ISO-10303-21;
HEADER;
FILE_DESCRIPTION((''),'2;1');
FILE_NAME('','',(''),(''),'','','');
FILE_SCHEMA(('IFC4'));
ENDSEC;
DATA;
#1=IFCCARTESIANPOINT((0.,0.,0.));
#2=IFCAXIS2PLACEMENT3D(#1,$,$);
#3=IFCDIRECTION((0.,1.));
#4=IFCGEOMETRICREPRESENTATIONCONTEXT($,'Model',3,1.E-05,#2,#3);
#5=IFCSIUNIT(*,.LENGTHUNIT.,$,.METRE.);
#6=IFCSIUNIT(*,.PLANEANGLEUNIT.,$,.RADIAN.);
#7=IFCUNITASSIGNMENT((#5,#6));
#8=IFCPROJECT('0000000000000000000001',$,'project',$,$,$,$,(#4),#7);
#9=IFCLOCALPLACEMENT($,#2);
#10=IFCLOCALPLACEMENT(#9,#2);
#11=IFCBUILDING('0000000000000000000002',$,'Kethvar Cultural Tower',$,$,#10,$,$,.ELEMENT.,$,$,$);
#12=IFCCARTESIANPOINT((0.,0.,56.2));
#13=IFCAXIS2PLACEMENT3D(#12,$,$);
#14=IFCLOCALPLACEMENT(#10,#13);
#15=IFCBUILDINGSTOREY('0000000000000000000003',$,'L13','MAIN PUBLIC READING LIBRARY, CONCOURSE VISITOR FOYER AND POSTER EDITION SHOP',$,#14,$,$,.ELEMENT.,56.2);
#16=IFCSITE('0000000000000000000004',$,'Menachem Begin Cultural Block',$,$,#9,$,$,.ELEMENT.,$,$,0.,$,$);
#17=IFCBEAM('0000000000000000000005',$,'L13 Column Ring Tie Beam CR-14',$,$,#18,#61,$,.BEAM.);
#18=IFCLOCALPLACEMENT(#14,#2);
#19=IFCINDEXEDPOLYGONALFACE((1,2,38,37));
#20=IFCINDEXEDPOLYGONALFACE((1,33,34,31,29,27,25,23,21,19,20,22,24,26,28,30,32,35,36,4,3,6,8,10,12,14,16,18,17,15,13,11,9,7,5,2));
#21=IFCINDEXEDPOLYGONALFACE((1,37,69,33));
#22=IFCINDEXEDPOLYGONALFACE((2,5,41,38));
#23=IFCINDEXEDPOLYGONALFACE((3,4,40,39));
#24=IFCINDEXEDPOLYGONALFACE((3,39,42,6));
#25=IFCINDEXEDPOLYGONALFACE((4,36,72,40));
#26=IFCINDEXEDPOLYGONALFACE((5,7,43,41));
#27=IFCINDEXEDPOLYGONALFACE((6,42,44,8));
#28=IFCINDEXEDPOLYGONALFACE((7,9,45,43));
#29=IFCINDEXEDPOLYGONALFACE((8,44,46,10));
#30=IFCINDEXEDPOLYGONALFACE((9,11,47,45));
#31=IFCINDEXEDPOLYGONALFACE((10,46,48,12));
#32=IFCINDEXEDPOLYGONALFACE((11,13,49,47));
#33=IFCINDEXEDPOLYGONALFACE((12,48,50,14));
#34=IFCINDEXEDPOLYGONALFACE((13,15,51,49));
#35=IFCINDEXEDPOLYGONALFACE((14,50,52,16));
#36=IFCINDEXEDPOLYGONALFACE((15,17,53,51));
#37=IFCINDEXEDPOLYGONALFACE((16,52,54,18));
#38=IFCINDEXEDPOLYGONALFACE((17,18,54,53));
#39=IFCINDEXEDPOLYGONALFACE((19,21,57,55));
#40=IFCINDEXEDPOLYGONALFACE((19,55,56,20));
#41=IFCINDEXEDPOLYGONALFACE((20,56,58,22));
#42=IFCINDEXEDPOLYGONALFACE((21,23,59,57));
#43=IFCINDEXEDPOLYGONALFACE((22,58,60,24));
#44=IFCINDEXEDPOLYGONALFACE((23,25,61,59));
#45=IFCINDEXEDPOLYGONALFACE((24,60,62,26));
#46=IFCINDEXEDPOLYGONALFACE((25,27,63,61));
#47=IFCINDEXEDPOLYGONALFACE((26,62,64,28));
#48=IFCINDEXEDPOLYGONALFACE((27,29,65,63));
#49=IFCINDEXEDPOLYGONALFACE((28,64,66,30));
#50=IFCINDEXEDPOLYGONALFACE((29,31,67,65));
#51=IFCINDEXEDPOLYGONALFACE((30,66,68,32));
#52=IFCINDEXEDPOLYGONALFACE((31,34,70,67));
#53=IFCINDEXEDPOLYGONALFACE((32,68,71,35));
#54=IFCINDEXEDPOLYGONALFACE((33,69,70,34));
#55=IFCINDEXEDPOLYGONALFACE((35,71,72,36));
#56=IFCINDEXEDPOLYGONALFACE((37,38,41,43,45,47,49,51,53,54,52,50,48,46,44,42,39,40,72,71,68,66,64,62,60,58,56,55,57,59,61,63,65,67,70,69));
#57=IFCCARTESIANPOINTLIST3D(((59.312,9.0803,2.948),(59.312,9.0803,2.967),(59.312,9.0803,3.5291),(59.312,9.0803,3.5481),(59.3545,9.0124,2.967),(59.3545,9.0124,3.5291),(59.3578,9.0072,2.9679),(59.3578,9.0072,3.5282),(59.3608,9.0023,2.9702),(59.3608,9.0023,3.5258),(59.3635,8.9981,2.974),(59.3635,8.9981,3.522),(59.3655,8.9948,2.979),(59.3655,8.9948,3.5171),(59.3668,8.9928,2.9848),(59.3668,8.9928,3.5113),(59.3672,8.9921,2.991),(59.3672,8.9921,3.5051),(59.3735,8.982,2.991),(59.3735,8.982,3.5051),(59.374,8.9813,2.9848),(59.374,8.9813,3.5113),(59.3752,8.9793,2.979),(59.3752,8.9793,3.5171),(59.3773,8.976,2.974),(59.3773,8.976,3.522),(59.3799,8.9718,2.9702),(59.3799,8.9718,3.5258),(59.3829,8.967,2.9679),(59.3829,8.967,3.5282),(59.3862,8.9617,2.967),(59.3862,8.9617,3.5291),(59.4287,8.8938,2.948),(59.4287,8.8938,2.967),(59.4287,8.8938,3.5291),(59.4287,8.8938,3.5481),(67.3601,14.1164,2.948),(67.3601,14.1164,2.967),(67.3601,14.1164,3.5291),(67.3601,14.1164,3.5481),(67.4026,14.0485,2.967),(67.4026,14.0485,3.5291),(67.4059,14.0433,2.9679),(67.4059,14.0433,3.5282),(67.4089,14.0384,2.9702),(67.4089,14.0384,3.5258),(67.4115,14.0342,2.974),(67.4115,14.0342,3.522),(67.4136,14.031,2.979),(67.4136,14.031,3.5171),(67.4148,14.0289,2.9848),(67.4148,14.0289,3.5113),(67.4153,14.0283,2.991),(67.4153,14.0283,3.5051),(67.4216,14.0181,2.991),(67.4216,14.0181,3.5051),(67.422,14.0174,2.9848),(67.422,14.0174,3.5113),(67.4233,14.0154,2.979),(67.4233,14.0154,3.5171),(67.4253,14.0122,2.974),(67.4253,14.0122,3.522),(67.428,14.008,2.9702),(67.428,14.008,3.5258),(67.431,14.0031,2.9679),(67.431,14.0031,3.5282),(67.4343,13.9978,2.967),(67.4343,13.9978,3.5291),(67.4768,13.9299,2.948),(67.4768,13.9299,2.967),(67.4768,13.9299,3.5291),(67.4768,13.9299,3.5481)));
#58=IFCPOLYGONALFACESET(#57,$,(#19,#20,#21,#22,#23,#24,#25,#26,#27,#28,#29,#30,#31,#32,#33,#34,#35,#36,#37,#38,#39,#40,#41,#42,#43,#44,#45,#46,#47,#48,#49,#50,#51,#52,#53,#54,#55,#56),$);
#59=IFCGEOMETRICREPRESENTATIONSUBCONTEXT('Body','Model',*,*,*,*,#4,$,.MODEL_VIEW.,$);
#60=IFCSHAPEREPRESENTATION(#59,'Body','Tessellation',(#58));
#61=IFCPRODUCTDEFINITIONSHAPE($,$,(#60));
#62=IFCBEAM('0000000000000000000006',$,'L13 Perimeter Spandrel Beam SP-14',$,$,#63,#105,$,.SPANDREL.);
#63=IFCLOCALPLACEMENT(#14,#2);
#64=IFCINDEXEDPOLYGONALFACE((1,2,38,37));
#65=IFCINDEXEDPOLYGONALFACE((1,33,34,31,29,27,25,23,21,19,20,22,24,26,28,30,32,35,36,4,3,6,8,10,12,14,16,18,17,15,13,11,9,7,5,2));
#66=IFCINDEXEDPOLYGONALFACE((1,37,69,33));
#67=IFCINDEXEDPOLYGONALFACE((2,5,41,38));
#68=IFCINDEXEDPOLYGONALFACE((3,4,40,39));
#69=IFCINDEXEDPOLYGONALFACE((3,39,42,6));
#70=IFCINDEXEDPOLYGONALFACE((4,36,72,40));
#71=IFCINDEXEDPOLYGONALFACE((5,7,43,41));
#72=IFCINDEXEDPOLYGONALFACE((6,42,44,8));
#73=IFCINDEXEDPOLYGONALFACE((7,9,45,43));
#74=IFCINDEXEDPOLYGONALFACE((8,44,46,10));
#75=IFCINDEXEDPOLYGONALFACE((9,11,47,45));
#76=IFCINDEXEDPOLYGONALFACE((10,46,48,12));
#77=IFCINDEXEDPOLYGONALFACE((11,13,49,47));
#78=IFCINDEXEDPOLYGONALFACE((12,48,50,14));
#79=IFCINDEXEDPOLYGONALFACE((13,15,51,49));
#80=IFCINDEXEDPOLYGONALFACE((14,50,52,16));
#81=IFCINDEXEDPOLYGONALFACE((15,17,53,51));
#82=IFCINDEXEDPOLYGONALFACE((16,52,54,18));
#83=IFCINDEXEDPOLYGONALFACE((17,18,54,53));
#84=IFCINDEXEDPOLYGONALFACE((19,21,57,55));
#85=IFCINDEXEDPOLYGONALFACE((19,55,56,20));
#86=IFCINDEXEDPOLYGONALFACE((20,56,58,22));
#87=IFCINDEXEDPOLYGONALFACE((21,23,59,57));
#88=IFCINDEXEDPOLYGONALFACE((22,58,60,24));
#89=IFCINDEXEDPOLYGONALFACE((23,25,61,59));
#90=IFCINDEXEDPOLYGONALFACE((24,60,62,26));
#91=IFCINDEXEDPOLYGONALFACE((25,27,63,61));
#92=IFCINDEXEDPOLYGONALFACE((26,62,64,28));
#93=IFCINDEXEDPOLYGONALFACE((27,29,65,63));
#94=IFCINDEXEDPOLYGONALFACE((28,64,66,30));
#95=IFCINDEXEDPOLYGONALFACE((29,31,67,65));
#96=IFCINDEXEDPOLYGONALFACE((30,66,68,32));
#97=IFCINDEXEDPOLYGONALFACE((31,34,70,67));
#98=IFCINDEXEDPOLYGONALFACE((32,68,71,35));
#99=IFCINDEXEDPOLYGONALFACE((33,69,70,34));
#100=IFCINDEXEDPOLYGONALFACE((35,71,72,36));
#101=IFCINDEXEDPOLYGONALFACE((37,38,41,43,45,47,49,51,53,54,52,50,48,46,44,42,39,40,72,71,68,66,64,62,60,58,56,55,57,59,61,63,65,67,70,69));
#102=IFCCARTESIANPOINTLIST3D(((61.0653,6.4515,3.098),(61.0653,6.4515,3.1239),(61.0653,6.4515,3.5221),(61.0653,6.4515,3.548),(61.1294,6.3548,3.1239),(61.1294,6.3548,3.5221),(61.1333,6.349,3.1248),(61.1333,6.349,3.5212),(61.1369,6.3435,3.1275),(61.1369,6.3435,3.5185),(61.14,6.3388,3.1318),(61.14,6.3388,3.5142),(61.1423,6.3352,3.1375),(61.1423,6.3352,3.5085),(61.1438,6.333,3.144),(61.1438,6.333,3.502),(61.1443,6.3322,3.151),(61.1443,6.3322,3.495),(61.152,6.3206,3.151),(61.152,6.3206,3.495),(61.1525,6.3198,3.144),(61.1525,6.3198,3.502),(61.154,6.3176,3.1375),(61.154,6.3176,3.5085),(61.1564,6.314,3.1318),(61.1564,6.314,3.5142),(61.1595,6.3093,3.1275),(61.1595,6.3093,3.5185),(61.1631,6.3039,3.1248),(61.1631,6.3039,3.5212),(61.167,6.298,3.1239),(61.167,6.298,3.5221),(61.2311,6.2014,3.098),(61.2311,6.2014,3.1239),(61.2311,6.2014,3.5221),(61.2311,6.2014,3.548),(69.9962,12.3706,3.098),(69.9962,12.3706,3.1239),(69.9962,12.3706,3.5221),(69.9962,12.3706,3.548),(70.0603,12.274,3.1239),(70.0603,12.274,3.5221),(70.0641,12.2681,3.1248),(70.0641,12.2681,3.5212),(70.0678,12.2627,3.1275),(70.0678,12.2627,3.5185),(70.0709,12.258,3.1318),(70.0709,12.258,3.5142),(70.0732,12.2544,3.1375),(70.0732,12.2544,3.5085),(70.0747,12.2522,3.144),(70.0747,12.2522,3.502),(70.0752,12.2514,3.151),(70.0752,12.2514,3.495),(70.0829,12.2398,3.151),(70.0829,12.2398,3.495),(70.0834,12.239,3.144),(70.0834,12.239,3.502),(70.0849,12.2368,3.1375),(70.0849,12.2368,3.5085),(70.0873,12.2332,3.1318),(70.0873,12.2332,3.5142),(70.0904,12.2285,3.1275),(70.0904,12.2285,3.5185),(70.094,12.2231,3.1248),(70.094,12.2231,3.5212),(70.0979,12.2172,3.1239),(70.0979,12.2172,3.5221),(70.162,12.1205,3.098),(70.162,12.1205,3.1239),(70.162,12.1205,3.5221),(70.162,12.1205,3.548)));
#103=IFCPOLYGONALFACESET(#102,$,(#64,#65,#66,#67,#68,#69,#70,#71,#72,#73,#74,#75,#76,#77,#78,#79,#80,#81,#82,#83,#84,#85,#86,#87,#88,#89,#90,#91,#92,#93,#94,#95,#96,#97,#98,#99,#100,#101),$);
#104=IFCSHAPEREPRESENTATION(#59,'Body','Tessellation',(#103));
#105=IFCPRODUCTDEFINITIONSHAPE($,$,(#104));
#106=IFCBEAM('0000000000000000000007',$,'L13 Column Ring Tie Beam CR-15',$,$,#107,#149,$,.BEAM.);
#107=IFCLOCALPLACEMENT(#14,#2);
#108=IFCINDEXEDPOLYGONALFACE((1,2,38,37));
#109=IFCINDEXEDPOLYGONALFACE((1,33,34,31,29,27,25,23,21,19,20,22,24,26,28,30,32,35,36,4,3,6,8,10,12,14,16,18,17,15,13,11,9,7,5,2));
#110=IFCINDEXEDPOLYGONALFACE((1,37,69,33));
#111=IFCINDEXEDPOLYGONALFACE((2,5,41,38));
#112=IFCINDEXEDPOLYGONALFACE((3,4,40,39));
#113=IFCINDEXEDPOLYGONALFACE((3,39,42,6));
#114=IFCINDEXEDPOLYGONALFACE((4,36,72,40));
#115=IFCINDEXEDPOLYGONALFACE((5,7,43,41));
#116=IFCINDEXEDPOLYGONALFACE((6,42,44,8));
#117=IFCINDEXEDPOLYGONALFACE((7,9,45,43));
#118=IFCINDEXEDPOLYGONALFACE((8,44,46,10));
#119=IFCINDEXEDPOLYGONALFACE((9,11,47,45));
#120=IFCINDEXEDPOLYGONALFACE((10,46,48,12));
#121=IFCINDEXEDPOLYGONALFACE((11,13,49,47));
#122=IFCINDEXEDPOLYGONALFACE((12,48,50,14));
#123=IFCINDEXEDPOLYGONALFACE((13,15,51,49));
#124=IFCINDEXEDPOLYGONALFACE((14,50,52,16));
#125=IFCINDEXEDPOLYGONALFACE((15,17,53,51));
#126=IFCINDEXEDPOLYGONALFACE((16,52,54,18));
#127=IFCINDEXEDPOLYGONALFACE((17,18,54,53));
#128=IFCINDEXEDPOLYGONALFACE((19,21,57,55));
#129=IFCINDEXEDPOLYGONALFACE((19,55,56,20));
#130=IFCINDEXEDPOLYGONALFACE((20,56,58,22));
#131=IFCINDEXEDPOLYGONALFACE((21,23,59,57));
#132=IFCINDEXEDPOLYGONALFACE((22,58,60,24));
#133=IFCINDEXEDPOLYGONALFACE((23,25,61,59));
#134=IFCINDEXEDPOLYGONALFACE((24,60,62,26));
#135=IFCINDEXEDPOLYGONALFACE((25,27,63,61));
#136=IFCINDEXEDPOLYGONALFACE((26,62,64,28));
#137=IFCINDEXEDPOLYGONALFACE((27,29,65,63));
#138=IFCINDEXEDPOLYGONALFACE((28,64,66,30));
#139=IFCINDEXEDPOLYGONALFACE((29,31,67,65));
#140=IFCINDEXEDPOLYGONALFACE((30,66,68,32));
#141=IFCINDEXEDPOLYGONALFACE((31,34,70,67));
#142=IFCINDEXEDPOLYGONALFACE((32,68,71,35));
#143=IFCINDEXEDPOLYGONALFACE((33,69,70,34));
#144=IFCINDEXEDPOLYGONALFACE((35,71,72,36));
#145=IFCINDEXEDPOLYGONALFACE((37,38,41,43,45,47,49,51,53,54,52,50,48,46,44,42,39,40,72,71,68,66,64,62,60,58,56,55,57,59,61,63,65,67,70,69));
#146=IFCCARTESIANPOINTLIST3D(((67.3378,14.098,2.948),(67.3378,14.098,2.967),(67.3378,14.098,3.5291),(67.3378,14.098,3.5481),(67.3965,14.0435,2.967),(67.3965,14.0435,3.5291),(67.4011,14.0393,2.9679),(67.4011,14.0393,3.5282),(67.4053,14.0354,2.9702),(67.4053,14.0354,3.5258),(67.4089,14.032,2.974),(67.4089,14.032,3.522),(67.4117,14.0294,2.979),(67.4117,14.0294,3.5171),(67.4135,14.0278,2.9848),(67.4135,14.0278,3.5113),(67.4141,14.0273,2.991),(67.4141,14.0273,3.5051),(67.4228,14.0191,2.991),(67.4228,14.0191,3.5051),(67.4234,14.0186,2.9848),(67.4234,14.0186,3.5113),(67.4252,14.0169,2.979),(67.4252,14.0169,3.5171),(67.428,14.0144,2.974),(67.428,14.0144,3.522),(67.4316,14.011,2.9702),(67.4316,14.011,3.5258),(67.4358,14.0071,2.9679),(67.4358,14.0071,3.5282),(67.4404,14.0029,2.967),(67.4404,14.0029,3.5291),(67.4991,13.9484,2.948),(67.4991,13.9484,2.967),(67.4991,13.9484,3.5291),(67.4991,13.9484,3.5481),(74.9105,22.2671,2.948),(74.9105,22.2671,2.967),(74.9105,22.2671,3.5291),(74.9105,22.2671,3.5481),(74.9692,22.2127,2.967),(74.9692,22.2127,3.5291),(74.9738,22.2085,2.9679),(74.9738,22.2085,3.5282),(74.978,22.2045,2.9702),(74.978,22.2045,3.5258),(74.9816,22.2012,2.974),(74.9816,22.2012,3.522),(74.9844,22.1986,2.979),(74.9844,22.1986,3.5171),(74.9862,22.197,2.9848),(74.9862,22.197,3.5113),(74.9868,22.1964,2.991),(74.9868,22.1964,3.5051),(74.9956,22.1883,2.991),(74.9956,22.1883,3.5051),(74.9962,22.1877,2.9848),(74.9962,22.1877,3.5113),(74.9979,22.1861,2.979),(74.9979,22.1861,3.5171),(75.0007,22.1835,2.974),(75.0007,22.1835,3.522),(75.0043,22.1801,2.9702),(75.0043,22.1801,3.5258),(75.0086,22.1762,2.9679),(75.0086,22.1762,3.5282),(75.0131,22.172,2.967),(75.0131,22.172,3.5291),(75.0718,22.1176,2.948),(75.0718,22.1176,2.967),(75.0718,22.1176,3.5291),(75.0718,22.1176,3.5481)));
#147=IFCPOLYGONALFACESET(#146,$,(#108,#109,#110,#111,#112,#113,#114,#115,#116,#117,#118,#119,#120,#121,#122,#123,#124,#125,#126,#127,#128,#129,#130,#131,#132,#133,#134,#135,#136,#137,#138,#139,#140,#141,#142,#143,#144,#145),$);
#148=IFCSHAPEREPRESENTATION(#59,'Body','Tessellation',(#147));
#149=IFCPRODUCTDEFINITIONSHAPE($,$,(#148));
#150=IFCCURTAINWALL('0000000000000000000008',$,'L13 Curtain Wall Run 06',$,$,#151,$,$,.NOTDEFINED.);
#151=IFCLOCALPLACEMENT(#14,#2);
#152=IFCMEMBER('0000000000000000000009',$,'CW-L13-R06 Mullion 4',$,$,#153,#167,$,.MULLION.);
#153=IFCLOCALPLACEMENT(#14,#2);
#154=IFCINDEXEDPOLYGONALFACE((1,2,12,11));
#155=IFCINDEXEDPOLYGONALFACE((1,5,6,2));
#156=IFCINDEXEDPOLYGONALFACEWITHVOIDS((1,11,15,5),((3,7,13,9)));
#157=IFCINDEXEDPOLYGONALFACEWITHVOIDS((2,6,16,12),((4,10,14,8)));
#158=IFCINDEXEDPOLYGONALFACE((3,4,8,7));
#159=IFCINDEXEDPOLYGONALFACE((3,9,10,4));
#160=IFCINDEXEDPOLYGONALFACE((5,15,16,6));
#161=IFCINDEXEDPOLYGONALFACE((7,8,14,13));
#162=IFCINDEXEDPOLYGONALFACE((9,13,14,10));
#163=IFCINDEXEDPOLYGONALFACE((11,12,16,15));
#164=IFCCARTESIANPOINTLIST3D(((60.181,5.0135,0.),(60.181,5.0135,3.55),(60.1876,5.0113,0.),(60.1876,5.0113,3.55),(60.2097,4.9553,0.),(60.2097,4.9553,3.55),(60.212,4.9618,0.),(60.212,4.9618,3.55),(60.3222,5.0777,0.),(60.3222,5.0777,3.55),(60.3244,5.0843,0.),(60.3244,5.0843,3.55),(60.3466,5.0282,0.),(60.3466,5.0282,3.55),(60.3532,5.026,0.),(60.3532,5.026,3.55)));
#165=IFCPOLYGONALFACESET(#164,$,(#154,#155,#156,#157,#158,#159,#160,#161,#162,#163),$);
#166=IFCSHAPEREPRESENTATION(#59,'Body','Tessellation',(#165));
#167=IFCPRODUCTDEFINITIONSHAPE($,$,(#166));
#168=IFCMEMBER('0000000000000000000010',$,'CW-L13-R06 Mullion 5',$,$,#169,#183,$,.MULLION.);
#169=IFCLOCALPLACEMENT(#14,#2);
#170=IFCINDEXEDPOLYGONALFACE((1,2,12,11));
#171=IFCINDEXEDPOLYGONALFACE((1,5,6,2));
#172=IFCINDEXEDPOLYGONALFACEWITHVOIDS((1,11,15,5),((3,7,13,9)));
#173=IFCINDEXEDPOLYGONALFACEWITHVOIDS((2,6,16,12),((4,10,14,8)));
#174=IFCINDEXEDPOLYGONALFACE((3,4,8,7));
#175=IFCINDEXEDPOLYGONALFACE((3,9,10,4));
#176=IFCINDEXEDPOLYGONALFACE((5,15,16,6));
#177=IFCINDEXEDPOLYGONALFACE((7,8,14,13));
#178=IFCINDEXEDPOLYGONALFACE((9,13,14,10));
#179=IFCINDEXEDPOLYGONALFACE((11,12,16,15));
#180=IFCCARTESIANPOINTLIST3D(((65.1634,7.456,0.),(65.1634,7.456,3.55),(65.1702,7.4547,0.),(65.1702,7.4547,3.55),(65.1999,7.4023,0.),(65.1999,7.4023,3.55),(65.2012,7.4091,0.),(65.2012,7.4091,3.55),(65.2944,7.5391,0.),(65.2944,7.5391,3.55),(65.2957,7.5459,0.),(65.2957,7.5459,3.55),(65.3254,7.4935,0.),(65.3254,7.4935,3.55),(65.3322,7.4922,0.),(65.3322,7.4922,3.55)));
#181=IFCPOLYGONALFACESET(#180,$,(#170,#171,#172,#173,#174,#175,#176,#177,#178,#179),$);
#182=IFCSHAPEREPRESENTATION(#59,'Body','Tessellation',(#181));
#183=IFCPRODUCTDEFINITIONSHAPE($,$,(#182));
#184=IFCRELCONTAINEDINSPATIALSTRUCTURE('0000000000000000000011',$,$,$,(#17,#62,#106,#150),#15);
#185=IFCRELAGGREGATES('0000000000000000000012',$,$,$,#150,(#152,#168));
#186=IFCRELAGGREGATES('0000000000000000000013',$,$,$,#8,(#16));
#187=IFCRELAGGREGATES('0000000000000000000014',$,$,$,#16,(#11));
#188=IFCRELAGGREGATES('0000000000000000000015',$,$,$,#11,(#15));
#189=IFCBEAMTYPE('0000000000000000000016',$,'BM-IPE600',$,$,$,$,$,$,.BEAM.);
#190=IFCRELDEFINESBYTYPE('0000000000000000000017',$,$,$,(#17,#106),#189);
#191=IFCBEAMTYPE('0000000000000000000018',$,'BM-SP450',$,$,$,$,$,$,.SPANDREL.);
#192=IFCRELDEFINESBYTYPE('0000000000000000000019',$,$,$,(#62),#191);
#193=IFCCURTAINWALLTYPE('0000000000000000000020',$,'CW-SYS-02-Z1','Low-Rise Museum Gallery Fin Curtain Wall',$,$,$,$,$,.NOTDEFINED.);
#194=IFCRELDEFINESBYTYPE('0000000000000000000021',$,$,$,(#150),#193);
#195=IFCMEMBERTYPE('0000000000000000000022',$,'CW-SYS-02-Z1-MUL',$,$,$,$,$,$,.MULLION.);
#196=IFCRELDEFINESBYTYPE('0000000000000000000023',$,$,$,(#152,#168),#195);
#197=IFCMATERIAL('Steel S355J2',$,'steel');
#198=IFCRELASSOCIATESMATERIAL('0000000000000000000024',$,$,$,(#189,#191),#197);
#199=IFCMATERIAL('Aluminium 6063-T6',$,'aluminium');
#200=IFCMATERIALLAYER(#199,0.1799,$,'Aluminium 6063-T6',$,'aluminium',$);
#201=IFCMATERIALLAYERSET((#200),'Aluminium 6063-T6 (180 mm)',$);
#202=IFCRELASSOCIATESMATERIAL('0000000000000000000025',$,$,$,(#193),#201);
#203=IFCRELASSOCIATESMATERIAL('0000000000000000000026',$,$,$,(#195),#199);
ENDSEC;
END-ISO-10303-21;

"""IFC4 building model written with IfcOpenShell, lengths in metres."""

from ifc_helpers import new_model, si_unit, direction, frame, origin, origin_2d, place, context, subcontext, project, spatial, hollow_rectangle, i_section, extrude, source, transform, mapped, material, layer, layer_set, material_profile, profile_set, type_object, element, aggregate, save


model = new_model("IFC4")

# Units and contexts
model_context = context("Model", 3, precision=1e-05, world=origin(), true_north=direction((0.0, 1.0)))
body_context = subcontext(model_context, "Body", "Model", "MODEL_VIEW")
ifc_project = project(units=[si_unit("LENGTHUNIT", "METRE"), si_unit("PLANEANGLEUNIT", "RADIAN")], contexts=[model_context])

# Site, building, storey
site_placement = place(None, origin())
site = spatial("IfcSite", under=ifc_project, at=site_placement, Name="Menachem Begin Cultural Block", CompositionType="ELEMENT", RefElevation=0.0)
building_placement = place(site_placement, origin())
building = spatial("IfcBuilding", under=site, at=building_placement, Name="Kethvar Cultural Tower", CompositionType="ELEMENT")
storey_placement = place(building_placement, frame((0.0, 0.0, 56.2)))
storey = spatial("IfcBuildingStorey", under=building, at=storey_placement, Name="L13", Description="MAIN PUBLIC READING LIBRARY, CONCOURSE VISITOR FOYER AND POSTER EDITION SHOP", CompositionType="ELEMENT", Elevation=56.2)

# Beams
ifc_material_1 = material(Name="Steel S355J2", Category="steel")
ifc_material_profile_1 = material_profile(ifc_material_1, i_section(OverallWidth=0.22, OverallDepth=0.6001, WebThickness=0.012, FlangeThickness=0.019, FilletRadius=0.0239, at=origin_2d()), Name="Steel S355J2 — IPE600")
ifc_profile_set_1 = profile_set([ifc_material_profile_1], Name="Steel S355J2 — IPE600")
beam_type_1 = type_object("IfcBeamType", Name="BM-IPE600", PredefinedType="BEAM", material=ifc_profile_set_1)
shared_shape_1 = source(origin(), body_context, "Body", "SweptSolid", [
    extrude(i_section(OverallWidth=0.22, OverallDepth=0.6001, WebThickness=0.012, FlangeThickness=0.019, FilletRadius=0.0239, at=origin_2d()), origin(), (0.0, 0.0, 1.0), 9.4939),
])
beam_1_placement = place(storey_placement, frame((59.3704, 8.9871, 3.248), z_axis=(0.847711, 0.530459, 0.0), x_axis=(-0.530459, 0.847711, 0.0)))
element("IfcBeam", 1, at=beam_1_placement, inside=storey, type_object=beam_type_1, Name="L13 Column Ring Tie Beam CR-14", PredefinedType="BEAM", context=body_context, shape_type="MappedRepresentation", body=[
    mapped(shared_shape_1, transform((0.0, 0.0, 0.0), scale=1.0)),
])
ifc_material_profile_2 = material_profile(ifc_material_1, i_section(OverallWidth=0.3, OverallDepth=0.45, WebThickness=0.0139, FlangeThickness=0.0259, FilletRadius=0.0271, at=origin_2d()), Name="Steel S355J2 — HEB450")
ifc_profile_set_2 = profile_set([ifc_material_profile_2], Name="Steel S355J2 — HEB450")
beam_type_2 = type_object("IfcBeamType", Name="BM-SP450", PredefinedType="SPANDREL", material=ifc_profile_set_2)
shared_shape_2 = source(origin(), body_context, "Body", "SweptSolid", [
    extrude(i_section(OverallWidth=0.3, OverallDepth=0.45, WebThickness=0.0139, FlangeThickness=0.0259, FilletRadius=0.0271, at=origin_2d()), origin(), (0.0, 0.0, 1.0), 10.7144),
])
beam_2_placement = place(storey_placement, frame((61.1482, 6.3264, 3.323), z_axis=(0.833544, 0.552453, 0.0), x_axis=(-0.552453, 0.833544, 0.0)))
element("IfcBeam", 2, at=beam_2_placement, inside=storey, type_object=beam_type_2, Name="L13 Perimeter Spandrel Beam SP-14", PredefinedType="SPANDREL", context=body_context, shape_type="MappedRepresentation", body=[
    mapped(shared_shape_2, transform((0.0, 0.0, 0.0), scale=1.0)),
])
shared_shape_3 = source(origin(), body_context, "Body", "SweptSolid", [
    extrude(i_section(OverallWidth=0.22, OverallDepth=0.6001, WebThickness=0.012, FlangeThickness=0.019, FilletRadius=0.0239, at=origin_2d()), origin(), (0.0, 0.0, 1.0), 11.1392),
])
beam_3_placement = place(storey_placement, frame((67.4185, 14.0232, 3.248), z_axis=(0.679828, 0.733372, 0.0), x_axis=(-0.733372, 0.679828, 0.0)))
element("IfcBeam", 3, at=beam_3_placement, inside=storey, type_object=beam_type_1, Name="L13 Column Ring Tie Beam CR-15", PredefinedType="BEAM", context=body_context, shape_type="MappedRepresentation", body=[
    mapped(shared_shape_3, transform((0.0, 0.0, 0.0), scale=1.0)),
])

# Curtain wall, members
ifc_material_2 = material(Name="Aluminium 6063-T6", Category="aluminium")
ifc_layer_1 = layer(ifc_material_2, 0.1799, Name="Aluminium 6063-T6", Category="aluminium")
ifc_layer_set_1 = layer_set([ifc_layer_1], Name="Aluminium 6063-T6 (180 mm)")
curtain_wall_type = type_object("IfcCurtainWallType", Name="CW-SYS-02-Z1", Description="Low-Rise Museum Gallery Fin Curtain Wall", PredefinedType="NOTDEFINED", material=ifc_layer_set_1)
curtain_wall_placement = place(storey_placement, origin())
curtain_wall = element("IfcCurtainWall", 4, at=curtain_wall_placement, inside=storey, type_object=curtain_wall_type, Name="L13 Curtain Wall Run 06", PredefinedType="NOTDEFINED")
ifc_material_profile_3 = material_profile(ifc_material_2, hollow_rectangle(XDim=0.0649, YDim=0.1599, WallThickness=0.0049, at=origin_2d()), Name="Aluminium 6063-T6 — RHS160x65x5")
ifc_profile_set_3 = profile_set([ifc_material_profile_3], Name="Aluminium 6063-T6 — RHS160x65x5")
member_type_1 = type_object("IfcMemberType", Name="CW-SYS-02-Z1-MUL", PredefinedType="MULLION", material=ifc_profile_set_3)
shared_shape_4 = source(origin(), body_context, "Body", "SweptSolid", [
    extrude(hollow_rectangle(XDim=0.0649, YDim=0.1599, WallThickness=0.0049, at=origin_2d()), origin(), (0.0, 0.0, 1.0), 3.55),
])
member_1_placement = place(storey_placement, frame((60.2671, 5.0198, 0.0), z_axis=(0.0, 0.0, 1.0), x_axis=(-0.44221, 0.896911, 0.0)))
member_1 = element("IfcMember", 5, at=member_1_placement, type_object=member_type_1, Name="CW-L13-R06 Mullion 4", PredefinedType="MULLION", context=body_context, shape_type="MappedRepresentation", body=[
    mapped(shared_shape_4, transform((0.0, 0.0, 0.0), scale=1.0)),
])
member_2_placement = place(storey_placement, frame((65.2478, 7.4741, 0.0), z_axis=(0.0, 0.0, 1.0), x_axis=(-0.562026, 0.82712, 0.0)))
member_2 = element("IfcMember", 6, at=member_2_placement, type_object=member_type_1, Name="CW-L13-R06 Mullion 5", PredefinedType="MULLION", context=body_context, shape_type="MappedRepresentation", body=[
    mapped(shared_shape_4, transform((0.0, 0.0, 0.0), scale=1.0)),
])
aggregate(curtain_wall, [member_1, member_2])

save(model, "model.ifc")
